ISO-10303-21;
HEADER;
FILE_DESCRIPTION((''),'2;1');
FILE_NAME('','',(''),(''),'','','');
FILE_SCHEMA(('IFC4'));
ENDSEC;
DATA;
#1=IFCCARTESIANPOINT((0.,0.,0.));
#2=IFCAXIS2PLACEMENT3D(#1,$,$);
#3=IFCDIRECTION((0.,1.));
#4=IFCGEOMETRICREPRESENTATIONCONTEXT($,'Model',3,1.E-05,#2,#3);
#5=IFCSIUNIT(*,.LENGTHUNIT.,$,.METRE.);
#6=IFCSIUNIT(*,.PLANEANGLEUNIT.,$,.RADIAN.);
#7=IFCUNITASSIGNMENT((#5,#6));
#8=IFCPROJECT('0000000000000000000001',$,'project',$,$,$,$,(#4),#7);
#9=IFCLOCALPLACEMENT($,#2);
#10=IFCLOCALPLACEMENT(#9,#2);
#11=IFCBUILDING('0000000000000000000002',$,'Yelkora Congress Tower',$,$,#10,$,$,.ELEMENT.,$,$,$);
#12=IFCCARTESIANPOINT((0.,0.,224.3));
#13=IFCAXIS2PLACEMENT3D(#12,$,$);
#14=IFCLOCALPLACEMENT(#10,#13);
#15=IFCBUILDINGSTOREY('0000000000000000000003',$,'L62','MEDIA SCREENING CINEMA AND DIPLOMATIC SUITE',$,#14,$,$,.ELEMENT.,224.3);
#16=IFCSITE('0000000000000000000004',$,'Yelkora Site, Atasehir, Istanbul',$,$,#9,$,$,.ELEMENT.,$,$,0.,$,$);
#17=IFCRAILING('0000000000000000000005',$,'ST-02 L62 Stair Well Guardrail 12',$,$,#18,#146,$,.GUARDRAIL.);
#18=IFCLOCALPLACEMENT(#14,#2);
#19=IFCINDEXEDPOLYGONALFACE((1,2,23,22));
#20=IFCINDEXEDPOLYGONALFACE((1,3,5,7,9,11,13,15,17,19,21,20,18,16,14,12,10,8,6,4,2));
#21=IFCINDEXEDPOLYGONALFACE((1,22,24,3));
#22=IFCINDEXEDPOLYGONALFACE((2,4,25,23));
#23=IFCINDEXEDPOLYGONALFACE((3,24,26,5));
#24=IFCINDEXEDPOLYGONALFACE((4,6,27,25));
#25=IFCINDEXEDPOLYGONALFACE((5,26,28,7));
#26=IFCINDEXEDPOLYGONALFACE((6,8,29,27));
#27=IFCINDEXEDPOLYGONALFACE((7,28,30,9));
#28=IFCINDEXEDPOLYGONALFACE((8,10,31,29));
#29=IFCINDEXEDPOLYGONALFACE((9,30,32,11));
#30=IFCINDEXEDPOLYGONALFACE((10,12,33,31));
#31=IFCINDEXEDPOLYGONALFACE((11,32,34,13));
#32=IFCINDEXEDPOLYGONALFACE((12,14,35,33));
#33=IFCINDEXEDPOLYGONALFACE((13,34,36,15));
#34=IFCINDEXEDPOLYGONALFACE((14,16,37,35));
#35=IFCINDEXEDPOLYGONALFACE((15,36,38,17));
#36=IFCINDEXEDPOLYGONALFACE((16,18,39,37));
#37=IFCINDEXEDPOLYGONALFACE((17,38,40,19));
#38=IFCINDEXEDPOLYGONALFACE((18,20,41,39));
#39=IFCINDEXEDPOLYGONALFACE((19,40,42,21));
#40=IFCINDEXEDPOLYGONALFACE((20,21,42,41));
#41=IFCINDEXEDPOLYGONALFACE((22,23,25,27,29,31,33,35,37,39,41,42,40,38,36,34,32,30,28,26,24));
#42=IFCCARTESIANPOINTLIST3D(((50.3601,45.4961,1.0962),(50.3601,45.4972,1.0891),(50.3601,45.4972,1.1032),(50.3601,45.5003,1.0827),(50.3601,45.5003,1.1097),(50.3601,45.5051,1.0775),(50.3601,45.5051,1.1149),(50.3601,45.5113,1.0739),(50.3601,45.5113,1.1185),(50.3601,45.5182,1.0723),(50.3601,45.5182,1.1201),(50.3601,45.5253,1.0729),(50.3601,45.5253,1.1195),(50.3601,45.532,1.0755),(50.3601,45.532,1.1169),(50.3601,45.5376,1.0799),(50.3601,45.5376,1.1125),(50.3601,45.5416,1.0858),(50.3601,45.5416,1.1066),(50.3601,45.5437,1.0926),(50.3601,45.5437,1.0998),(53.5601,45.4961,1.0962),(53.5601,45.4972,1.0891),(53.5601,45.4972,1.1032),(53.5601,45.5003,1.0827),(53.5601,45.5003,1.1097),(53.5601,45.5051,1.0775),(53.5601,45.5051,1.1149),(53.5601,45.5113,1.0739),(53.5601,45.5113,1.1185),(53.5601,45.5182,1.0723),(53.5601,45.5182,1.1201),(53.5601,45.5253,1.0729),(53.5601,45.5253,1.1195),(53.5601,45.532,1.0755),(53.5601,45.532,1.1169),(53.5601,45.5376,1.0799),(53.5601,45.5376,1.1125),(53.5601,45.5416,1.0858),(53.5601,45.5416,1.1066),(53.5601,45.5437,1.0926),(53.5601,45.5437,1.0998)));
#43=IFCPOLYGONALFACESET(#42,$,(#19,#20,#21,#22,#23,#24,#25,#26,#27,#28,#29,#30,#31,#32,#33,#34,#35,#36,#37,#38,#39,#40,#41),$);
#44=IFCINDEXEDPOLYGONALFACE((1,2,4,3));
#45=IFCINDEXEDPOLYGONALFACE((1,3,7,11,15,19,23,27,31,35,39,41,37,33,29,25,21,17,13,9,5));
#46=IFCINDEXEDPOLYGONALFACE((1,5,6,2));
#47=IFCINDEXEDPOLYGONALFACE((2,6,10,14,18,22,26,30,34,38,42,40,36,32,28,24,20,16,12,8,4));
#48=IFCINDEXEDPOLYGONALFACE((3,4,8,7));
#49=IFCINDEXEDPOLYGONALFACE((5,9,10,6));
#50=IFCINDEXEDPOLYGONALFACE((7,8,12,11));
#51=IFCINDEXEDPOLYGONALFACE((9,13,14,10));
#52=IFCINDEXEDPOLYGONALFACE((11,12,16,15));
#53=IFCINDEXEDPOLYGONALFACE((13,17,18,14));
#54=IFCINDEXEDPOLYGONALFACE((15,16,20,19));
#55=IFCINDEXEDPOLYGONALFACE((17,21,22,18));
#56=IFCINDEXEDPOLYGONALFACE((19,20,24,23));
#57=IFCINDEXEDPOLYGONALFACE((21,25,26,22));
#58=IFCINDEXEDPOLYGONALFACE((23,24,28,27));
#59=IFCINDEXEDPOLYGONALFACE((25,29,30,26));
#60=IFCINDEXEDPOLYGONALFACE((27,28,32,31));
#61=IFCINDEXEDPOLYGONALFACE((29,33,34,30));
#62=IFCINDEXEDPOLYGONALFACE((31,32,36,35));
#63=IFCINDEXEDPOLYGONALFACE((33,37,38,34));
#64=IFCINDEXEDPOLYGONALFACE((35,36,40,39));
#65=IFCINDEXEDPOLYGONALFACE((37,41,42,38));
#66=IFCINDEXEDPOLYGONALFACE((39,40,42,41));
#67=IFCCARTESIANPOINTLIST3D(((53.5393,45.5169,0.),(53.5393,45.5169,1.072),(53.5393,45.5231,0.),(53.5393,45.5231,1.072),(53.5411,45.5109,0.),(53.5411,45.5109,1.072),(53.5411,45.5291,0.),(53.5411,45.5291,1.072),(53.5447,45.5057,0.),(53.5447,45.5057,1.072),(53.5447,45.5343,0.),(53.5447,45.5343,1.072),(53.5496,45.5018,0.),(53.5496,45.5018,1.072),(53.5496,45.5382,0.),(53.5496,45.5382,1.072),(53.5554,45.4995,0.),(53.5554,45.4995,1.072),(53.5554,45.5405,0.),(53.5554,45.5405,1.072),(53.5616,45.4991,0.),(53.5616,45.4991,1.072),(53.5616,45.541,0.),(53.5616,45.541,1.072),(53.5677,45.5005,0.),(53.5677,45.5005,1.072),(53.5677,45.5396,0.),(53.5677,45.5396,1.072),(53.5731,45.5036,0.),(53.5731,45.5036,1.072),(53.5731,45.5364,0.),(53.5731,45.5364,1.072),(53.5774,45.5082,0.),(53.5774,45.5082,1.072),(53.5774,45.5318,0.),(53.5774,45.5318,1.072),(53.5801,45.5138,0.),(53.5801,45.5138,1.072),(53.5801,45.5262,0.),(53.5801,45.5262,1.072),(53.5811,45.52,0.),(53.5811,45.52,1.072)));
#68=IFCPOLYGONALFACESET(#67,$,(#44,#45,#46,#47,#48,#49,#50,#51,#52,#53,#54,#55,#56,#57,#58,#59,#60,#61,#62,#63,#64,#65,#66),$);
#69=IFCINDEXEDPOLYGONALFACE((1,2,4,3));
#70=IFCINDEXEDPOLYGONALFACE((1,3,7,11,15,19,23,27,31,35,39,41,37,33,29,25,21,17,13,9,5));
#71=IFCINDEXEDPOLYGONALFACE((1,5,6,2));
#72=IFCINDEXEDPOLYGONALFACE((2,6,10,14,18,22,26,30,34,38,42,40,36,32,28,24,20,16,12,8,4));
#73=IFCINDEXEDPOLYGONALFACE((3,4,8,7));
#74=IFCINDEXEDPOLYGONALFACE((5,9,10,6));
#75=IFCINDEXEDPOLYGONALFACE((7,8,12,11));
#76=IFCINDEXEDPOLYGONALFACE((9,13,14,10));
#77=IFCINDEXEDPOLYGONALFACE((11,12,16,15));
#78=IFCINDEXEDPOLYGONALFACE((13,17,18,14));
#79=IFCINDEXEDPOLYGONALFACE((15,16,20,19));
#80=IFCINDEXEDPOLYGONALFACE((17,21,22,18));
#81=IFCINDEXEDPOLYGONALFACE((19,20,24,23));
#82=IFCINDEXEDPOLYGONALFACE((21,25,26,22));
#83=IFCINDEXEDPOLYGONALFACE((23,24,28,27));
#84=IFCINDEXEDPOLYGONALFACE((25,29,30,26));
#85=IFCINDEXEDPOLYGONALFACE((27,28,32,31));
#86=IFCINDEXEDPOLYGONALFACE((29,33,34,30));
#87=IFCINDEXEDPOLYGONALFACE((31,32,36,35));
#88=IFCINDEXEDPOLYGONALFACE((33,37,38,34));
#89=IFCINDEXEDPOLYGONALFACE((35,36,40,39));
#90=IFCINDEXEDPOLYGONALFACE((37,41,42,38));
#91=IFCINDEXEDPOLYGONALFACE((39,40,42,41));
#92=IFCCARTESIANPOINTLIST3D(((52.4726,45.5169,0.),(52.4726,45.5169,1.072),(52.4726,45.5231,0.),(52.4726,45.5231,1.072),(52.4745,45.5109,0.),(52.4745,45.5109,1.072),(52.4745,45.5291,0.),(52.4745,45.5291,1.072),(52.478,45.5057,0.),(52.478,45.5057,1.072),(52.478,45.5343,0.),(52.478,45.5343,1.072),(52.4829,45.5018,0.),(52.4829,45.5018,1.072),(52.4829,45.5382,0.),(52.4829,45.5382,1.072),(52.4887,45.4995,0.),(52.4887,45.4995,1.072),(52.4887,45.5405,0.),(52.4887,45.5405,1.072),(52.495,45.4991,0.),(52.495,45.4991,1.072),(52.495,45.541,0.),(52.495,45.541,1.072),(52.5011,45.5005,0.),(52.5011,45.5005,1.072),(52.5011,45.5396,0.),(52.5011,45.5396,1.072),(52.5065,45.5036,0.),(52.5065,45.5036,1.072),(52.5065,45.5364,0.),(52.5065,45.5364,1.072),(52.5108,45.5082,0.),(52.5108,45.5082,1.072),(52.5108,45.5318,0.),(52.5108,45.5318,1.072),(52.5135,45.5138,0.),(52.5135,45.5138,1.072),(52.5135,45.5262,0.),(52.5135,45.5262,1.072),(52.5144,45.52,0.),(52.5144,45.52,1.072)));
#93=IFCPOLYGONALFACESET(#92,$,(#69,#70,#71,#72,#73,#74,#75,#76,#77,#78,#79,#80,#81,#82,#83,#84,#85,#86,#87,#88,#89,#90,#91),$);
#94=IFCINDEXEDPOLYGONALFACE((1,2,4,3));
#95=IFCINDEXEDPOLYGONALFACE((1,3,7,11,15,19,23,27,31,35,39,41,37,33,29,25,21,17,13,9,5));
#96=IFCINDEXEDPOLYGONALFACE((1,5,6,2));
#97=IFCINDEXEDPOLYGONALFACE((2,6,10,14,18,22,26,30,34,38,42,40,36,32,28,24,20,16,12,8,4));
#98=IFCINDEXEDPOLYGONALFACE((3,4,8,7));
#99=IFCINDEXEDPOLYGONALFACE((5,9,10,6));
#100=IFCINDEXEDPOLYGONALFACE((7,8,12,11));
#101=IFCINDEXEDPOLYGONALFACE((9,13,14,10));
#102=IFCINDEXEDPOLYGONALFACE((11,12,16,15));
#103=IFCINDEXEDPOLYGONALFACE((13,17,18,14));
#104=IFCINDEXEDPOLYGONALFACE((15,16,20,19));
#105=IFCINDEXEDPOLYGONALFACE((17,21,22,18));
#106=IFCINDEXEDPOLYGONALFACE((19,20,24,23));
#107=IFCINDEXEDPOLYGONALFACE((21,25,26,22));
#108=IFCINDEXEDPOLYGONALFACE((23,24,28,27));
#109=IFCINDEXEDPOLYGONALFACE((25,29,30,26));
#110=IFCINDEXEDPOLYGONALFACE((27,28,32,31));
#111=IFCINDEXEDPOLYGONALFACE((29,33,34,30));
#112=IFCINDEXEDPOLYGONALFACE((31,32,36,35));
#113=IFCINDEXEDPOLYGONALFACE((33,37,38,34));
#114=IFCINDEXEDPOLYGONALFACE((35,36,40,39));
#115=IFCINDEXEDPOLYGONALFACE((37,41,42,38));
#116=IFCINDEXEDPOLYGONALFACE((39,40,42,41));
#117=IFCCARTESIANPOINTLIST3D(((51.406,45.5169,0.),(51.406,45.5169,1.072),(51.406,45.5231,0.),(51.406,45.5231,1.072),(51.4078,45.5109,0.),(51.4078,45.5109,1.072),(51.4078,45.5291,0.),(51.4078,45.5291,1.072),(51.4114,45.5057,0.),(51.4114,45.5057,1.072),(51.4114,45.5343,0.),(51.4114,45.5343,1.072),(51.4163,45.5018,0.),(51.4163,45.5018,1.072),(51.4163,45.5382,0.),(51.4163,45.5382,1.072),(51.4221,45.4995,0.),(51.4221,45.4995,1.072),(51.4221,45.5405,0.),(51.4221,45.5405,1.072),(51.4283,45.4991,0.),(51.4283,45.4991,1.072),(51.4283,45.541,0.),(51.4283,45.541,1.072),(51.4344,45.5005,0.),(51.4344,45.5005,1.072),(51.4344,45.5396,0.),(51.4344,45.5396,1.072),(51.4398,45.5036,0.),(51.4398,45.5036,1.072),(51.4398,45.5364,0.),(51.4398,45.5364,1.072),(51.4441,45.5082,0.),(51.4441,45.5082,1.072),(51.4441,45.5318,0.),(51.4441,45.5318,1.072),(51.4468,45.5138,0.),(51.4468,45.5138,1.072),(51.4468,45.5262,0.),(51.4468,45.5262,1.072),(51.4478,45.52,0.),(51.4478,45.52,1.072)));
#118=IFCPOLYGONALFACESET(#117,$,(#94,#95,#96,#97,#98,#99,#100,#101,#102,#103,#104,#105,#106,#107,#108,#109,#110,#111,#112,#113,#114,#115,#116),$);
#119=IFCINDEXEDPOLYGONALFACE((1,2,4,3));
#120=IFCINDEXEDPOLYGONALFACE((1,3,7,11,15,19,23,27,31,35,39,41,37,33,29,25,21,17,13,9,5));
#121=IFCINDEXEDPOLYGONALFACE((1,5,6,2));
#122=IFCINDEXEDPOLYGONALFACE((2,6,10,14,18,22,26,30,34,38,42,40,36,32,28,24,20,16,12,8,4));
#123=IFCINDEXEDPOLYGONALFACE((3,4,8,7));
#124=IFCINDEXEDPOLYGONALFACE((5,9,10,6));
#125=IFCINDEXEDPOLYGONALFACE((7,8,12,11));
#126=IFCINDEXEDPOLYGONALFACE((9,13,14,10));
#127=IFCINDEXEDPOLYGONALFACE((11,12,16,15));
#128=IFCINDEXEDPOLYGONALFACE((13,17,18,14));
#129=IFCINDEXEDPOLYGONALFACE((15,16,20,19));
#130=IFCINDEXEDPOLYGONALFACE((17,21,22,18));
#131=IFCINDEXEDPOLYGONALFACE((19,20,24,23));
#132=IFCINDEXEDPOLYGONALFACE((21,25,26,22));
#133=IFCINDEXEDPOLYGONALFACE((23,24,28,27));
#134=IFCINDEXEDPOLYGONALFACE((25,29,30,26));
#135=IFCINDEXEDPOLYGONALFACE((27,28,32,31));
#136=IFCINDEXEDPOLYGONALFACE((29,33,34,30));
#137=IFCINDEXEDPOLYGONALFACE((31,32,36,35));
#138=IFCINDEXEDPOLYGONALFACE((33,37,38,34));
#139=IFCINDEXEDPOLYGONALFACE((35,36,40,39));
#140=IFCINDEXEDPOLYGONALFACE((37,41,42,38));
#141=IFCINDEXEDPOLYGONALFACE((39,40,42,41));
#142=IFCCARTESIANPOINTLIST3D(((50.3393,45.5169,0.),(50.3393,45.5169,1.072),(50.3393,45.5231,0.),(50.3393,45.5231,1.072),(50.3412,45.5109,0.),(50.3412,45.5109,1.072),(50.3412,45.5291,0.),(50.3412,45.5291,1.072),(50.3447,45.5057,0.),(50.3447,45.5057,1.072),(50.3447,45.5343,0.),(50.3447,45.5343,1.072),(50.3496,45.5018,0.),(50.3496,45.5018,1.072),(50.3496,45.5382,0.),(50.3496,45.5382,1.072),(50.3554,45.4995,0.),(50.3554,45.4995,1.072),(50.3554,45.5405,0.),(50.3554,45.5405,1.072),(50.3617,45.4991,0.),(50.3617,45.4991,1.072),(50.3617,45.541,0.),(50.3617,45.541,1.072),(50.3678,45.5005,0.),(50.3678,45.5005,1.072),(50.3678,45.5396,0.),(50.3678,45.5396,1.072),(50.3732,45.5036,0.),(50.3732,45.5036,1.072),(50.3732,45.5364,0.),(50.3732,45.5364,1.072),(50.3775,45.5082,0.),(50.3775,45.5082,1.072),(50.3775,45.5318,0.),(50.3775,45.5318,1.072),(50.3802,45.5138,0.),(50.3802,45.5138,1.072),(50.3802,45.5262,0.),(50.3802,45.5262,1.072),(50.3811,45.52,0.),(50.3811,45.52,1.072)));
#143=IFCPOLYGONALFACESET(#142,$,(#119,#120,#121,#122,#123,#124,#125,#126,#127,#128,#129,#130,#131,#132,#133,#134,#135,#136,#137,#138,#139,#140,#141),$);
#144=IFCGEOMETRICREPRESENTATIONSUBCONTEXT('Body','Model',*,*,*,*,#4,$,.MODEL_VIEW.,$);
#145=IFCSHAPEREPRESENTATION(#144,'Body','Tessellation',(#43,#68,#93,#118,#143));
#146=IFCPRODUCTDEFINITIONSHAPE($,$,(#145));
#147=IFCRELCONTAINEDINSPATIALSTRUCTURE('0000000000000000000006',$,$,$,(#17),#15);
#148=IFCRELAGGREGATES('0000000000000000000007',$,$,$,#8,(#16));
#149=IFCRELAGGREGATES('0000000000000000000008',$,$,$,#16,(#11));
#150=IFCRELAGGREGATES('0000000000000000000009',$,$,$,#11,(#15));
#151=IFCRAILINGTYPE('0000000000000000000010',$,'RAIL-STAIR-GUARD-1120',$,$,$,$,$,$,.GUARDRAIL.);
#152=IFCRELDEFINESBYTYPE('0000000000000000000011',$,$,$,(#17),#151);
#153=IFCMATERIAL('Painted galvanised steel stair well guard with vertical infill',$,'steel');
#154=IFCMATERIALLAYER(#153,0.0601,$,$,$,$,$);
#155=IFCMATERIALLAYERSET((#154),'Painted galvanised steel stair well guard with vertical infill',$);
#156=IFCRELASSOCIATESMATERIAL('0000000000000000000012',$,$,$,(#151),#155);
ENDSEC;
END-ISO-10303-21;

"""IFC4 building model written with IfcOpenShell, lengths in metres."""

from ifc_helpers import new_model, si_unit, direction, frame, origin, origin_2d, place, context, subcontext, project, spatial, circle, extrude, material, layer, layer_set, type_object, element, save


model = new_model("IFC4")

# Units and contexts
model_context = context("Model", 3, precision=1e-05, world=origin(), true_north=direction((0.0, 1.0)))
body_context = subcontext(model_context, "Body", "Model", "MODEL_VIEW")
ifc_project = project(units=[si_unit("LENGTHUNIT", "METRE"), si_unit("PLANEANGLEUNIT", "RADIAN")], contexts=[model_context])

# Site, building, storey
site_placement = place(None, origin())
site = spatial("IfcSite", under=ifc_project, at=site_placement, Name="Yelkora Site, Atasehir, Istanbul", CompositionType="ELEMENT", RefElevation=0.0)
building_placement = place(site_placement, origin())
building = spatial("IfcBuilding", under=site, at=building_placement, Name="Yelkora Congress Tower", CompositionType="ELEMENT")
storey_placement = place(building_placement, frame((0.0, 0.0, 224.3)))
storey = spatial("IfcBuildingStorey", under=building, at=storey_placement, Name="L62", Description="MEDIA SCREENING CINEMA AND DIPLOMATIC SUITE", CompositionType="ELEMENT", Elevation=224.3)

# Railing
ifc_material_1 = material(Name="Painted galvanised steel stair well guard with vertical infill", Category="steel")
ifc_layer_1 = layer(ifc_material_1, 0.0601)
ifc_layer_set_1 = layer_set([ifc_layer_1], Name="Painted galvanised steel stair well guard with vertical infill")
railing_type_1 = type_object("IfcRailingType", Name="RAIL-STAIR-GUARD-1120", PredefinedType="GUARDRAIL", material=ifc_layer_set_1)
railing_1_placement = place(storey_placement, frame((53.5601, 45.52, 0.0)))
element("IfcRailing", 1, at=railing_1_placement, inside=storey, type_object=railing_type_1, Name="ST-02 L62 Stair Well Guardrail 12", PredefinedType="GUARDRAIL", context=body_context, shape_type="SweptSolid", body=[
    extrude(circle(Radius=0.0239, at=origin_2d()), frame((0.0, 0.0, 1.0962), z_axis=(-1.0, 0.0, 0.0), x_axis=(0.0, -1.0, 0.0)), (0.0, 0.0, 1.0), 3.2),
    extrude(circle(Radius=0.021, at=origin_2d()), origin(), (0.0, 0.0, 1.0), 1.072),
    extrude(circle(Radius=0.021, at=origin_2d()), frame((-1.0667, 0.0, 0.0)), (0.0, 0.0, 1.0), 1.072),
    extrude(circle(Radius=0.021, at=origin_2d()), frame((-2.1333, 0.0, 0.0)), (0.0, 0.0, 1.0), 1.072),
    extrude(circle(Radius=0.021, at=origin_2d()), frame((-3.2, 0.0, 0.0)), (0.0, 0.0, 1.0), 1.072),
])

save(model, "model.ifc")
